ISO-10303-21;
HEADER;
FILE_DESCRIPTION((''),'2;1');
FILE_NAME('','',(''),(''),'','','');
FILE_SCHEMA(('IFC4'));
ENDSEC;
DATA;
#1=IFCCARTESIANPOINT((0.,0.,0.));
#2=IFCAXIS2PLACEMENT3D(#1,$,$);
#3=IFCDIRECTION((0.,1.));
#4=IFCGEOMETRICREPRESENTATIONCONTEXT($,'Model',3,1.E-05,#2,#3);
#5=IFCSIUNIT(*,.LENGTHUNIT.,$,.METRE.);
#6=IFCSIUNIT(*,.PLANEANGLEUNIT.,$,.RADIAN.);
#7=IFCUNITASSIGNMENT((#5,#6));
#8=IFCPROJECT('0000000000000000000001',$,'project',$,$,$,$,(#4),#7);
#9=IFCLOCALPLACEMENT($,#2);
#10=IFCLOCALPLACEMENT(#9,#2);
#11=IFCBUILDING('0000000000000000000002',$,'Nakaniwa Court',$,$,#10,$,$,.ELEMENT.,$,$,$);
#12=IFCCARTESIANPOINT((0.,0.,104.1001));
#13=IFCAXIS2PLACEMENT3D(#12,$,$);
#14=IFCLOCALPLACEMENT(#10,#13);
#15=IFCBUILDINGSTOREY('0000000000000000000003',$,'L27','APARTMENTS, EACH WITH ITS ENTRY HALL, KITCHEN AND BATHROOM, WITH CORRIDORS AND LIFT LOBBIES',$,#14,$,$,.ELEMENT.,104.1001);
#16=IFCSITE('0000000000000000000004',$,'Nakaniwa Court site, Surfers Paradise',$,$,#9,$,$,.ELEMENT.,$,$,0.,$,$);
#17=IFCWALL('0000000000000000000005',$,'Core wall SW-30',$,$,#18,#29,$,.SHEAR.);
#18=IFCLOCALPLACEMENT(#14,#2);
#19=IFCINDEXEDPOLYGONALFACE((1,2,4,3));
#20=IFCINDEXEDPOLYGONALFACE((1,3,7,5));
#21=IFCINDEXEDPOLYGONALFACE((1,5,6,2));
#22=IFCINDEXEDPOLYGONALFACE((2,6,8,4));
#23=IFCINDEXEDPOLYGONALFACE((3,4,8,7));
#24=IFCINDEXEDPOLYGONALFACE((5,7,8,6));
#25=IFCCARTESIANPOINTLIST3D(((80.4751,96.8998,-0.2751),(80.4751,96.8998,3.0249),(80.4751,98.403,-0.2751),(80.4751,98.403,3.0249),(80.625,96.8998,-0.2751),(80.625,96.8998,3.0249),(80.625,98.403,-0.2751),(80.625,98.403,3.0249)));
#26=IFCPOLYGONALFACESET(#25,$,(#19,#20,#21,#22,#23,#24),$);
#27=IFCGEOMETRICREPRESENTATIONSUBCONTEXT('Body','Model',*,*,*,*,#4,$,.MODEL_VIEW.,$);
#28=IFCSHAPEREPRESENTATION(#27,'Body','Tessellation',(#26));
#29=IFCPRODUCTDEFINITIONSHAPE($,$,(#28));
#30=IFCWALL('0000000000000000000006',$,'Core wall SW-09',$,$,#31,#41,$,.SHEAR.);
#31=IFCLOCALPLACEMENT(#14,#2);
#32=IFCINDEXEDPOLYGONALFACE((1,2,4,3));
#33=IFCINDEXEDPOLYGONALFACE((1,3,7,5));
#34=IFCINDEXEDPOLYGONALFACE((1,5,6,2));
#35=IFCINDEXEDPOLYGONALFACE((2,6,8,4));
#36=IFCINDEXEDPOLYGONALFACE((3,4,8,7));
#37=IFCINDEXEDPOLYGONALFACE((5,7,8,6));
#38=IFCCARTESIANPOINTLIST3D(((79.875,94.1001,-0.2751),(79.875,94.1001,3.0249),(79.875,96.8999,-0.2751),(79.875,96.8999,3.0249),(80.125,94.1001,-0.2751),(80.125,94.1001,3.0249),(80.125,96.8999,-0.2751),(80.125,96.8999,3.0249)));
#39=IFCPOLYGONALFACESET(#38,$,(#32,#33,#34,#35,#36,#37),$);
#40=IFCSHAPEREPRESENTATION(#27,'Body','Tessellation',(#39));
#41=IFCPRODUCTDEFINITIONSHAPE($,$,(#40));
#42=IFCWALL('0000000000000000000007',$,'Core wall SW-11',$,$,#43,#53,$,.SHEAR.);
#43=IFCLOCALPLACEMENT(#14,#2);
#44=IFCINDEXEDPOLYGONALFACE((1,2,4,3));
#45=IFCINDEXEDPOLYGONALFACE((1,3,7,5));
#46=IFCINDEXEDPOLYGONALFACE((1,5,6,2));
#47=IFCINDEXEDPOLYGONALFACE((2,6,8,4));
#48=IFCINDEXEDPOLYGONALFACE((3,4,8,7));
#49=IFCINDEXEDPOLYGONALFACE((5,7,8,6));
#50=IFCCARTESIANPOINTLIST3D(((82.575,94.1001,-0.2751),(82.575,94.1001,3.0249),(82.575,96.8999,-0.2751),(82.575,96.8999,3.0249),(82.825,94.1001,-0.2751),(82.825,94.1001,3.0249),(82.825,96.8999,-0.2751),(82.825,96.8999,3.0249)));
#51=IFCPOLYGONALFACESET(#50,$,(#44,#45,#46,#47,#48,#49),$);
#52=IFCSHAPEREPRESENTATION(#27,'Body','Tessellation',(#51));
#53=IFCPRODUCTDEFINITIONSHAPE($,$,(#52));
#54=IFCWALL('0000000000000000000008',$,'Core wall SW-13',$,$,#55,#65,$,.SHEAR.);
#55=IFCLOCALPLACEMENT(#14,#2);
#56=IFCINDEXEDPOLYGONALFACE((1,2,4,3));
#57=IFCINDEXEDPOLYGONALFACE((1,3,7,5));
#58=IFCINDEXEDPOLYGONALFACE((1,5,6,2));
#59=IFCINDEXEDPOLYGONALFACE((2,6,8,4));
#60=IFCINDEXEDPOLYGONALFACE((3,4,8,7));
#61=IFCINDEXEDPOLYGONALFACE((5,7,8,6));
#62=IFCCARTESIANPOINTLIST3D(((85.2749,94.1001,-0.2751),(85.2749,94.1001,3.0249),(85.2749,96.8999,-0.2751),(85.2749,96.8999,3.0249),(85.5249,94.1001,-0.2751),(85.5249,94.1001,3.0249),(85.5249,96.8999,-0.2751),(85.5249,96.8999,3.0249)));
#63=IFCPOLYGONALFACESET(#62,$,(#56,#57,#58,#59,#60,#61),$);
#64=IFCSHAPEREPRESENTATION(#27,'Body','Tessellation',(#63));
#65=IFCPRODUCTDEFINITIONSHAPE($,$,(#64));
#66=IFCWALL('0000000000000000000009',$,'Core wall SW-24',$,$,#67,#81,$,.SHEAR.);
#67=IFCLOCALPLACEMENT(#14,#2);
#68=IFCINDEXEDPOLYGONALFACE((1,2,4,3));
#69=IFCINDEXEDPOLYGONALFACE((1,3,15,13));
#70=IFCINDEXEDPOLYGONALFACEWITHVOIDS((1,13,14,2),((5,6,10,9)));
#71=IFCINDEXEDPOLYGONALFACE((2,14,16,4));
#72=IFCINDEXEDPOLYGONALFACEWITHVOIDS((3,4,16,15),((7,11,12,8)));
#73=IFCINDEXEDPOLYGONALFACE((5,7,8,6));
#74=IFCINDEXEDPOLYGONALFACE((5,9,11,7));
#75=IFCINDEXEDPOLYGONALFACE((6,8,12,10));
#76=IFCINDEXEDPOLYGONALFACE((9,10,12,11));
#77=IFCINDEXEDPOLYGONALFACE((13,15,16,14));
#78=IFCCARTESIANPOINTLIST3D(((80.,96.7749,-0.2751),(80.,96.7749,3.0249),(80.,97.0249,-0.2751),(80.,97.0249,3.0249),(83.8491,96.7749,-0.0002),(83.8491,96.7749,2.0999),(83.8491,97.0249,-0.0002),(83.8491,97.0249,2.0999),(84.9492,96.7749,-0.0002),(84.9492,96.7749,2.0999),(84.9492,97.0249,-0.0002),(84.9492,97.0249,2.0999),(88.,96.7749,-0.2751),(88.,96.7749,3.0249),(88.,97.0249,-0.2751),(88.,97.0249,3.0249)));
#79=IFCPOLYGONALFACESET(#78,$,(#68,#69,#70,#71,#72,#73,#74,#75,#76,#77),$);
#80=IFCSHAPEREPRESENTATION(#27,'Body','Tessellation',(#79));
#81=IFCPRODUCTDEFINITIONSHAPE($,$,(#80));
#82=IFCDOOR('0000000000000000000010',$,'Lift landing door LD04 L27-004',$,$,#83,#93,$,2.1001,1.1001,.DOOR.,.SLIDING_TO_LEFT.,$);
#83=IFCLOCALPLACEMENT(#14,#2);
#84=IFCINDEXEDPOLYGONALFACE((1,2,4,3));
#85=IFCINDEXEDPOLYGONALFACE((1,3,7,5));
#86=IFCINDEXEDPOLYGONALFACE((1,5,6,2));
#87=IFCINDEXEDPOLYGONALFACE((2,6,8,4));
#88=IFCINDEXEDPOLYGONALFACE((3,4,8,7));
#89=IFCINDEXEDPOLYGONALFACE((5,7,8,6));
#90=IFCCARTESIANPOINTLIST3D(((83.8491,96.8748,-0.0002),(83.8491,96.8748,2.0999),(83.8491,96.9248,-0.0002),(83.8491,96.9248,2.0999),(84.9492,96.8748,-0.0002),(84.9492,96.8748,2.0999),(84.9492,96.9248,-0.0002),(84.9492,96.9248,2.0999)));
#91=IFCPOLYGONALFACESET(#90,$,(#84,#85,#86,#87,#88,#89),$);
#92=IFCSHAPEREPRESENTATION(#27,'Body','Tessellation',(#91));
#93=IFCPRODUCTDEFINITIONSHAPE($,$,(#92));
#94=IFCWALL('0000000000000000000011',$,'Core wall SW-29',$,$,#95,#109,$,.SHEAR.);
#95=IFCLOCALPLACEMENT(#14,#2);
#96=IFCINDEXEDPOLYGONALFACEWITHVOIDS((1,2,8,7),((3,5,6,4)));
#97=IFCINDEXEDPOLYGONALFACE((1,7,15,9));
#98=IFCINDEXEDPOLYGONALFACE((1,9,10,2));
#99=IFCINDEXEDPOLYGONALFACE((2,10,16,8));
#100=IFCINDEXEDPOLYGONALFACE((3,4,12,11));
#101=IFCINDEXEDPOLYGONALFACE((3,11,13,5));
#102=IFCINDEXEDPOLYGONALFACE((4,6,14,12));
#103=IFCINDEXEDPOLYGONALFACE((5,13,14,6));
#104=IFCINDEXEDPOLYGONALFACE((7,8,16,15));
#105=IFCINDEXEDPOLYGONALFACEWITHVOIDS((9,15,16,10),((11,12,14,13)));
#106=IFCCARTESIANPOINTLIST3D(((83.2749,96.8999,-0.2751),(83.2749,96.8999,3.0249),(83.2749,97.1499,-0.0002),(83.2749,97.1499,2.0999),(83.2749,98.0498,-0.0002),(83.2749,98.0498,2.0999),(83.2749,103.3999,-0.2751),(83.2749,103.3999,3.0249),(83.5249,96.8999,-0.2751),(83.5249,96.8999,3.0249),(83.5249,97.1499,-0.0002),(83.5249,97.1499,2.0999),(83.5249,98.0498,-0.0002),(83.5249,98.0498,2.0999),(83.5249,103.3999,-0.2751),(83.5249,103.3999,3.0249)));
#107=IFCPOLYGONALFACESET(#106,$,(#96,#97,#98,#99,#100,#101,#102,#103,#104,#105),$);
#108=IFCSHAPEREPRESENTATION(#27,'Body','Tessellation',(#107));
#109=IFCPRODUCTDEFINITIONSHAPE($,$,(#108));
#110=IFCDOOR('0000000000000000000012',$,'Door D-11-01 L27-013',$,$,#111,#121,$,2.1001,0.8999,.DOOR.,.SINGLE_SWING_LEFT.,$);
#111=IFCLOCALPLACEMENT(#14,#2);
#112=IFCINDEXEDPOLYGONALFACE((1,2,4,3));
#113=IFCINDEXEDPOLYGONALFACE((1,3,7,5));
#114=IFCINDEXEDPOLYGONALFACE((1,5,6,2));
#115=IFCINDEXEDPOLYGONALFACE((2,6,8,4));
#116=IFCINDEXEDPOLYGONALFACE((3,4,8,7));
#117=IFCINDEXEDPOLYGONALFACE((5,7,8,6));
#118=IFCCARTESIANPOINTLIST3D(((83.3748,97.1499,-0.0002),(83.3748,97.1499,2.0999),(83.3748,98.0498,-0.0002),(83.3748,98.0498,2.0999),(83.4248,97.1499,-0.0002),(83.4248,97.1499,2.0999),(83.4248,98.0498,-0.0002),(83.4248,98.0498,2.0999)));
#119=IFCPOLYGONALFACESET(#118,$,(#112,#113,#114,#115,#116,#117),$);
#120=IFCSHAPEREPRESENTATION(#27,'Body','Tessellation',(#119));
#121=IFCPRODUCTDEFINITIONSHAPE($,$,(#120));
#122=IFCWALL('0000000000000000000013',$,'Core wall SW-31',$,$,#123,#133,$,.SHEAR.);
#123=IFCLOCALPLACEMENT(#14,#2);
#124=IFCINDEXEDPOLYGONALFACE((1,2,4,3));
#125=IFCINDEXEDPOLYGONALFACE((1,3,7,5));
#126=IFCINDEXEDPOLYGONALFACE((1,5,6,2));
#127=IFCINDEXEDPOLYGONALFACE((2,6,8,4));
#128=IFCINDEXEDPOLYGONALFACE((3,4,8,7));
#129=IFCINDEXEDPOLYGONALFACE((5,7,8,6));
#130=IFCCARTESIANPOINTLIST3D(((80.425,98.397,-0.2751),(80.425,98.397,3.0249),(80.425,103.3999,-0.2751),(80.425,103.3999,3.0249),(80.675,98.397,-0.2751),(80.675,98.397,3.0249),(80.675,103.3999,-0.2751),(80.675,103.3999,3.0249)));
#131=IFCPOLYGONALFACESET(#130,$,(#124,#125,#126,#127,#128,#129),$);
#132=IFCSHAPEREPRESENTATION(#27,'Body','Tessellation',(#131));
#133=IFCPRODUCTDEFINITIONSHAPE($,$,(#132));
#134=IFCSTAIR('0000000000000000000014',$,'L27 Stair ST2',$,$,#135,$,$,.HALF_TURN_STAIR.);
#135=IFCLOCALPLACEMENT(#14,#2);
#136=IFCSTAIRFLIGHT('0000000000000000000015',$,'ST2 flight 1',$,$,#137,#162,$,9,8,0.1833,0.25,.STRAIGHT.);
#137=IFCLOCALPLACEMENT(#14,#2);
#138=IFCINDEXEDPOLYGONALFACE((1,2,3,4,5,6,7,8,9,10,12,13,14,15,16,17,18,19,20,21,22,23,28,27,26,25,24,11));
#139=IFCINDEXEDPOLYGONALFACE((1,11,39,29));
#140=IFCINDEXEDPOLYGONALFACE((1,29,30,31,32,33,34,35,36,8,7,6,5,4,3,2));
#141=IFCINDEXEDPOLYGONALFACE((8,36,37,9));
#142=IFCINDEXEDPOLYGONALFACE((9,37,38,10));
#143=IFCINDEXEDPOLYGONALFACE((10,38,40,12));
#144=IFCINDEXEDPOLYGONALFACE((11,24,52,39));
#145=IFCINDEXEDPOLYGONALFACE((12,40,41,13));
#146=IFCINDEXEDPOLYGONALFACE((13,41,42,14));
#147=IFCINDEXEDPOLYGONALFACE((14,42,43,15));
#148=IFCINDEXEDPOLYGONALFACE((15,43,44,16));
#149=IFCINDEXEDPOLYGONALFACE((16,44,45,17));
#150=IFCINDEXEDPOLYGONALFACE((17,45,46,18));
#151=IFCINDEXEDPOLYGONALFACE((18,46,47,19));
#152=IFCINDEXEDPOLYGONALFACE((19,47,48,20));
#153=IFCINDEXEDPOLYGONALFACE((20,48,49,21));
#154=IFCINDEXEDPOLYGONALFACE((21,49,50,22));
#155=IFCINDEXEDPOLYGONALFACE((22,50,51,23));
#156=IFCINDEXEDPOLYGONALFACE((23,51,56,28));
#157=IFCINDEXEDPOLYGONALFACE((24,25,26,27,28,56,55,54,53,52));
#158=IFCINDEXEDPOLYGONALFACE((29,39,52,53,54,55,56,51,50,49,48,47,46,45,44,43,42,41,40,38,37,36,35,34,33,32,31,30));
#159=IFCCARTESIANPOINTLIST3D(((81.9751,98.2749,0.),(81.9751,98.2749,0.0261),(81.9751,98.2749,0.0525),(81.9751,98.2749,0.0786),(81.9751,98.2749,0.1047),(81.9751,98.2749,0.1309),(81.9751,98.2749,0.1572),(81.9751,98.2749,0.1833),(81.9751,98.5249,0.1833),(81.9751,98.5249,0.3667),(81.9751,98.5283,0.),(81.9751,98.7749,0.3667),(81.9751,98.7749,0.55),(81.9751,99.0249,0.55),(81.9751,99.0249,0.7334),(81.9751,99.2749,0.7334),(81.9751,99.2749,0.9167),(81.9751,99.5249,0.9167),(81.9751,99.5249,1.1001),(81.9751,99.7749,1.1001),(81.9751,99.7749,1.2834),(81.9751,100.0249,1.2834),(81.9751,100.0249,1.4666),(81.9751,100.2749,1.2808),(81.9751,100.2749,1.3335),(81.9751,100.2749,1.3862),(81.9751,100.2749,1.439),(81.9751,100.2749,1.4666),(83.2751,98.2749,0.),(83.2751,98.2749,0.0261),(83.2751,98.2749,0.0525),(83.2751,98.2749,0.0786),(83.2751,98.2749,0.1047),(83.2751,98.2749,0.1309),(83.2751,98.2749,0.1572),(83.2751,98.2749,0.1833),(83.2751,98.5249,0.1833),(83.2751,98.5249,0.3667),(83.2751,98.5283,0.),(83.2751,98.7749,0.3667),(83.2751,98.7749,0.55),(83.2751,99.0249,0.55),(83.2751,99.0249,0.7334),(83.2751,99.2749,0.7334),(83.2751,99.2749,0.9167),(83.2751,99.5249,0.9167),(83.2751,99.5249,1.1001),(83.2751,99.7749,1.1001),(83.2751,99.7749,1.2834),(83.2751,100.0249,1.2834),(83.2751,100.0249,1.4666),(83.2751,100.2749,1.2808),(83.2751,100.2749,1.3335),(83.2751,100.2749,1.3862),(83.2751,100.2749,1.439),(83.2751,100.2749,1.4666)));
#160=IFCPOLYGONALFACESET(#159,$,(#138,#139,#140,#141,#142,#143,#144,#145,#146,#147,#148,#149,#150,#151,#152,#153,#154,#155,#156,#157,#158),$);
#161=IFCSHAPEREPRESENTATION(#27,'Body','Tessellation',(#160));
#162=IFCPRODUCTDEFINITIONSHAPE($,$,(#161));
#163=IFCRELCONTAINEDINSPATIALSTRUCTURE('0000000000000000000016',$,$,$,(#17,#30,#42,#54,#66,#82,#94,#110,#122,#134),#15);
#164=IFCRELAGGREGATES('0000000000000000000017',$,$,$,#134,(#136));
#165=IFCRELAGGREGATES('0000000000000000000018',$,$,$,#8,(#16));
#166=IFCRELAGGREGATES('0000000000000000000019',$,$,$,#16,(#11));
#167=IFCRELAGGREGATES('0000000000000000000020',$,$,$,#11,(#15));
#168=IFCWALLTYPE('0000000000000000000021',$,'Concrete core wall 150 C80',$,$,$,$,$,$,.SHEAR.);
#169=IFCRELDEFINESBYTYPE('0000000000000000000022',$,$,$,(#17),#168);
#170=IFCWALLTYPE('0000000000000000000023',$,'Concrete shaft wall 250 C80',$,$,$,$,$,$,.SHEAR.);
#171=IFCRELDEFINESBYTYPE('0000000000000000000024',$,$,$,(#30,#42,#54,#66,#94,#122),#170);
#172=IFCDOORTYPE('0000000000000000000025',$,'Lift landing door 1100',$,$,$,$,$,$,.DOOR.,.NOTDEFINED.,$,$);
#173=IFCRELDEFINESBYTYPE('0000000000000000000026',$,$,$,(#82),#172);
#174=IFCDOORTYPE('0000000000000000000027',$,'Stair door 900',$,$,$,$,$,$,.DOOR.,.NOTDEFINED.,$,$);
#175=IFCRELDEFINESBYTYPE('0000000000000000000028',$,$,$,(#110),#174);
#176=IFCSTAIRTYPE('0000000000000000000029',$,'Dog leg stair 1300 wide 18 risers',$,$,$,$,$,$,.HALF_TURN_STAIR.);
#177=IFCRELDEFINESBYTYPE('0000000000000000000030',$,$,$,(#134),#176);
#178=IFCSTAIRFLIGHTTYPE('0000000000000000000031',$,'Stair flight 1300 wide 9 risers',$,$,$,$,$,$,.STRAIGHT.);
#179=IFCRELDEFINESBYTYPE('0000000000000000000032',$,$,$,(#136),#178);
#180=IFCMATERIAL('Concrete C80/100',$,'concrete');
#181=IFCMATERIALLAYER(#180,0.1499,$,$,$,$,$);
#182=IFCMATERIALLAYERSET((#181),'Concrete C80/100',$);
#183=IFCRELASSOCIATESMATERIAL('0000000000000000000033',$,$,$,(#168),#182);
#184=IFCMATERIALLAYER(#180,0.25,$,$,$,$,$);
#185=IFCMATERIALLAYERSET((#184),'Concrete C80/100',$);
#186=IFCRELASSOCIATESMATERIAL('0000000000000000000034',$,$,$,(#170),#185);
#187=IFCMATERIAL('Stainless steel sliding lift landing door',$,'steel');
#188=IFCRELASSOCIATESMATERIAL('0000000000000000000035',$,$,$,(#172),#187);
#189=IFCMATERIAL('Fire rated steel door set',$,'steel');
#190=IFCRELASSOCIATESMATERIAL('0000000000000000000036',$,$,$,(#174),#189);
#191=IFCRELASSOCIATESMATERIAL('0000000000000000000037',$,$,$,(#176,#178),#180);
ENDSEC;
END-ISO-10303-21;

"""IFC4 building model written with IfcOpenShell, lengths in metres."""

from ifc_helpers import new_model, si_unit, direction, frame, frame_2d, origin, place, context, subcontext, project, spatial, polyline, rectangle, outline, extrude, material, layer, layer_set, type_object, element, fill, aggregate, save


model = new_model("IFC4")

# Units and contexts
model_context = context("Model", 3, precision=1e-05, world=origin(), true_north=direction((0.0, 1.0)))
body_context = subcontext(model_context, "Body", "Model", "MODEL_VIEW")
ifc_project = project(units=[si_unit("LENGTHUNIT", "METRE"), si_unit("PLANEANGLEUNIT", "RADIAN")], contexts=[model_context])

# Site, building, storey
site_placement = place(None, origin())
site = spatial("IfcSite", under=ifc_project, at=site_placement, Name="Nakaniwa Court site, Surfers Paradise", CompositionType="ELEMENT", RefElevation=0.0)
building_placement = place(site_placement, origin())
building = spatial("IfcBuilding", under=site, at=building_placement, Name="Nakaniwa Court", CompositionType="ELEMENT")
storey_placement = place(building_placement, frame((0.0, 0.0, 104.1001)))
storey = spatial("IfcBuildingStorey", under=building, at=storey_placement, Name="L27", Description="APARTMENTS, EACH WITH ITS ENTRY HALL, KITCHEN AND BATHROOM, WITH CORRIDORS AND LIFT LOBBIES", CompositionType="ELEMENT", Elevation=104.1001)

# Shared definitions
ifc_material_1 = material(Name="Concrete C80/100", Category="concrete")

# Shared definitions
ifc_material_2 = material(Name="Fire rated steel door set", Category="steel")

# Walls
ifc_layer_1 = layer(ifc_material_1, 0.1499)
ifc_layer_set_1 = layer_set([ifc_layer_1], Name="Concrete C80/100")
wall_type_1 = type_object("IfcWallType", Name="Concrete core wall 150 C80", PredefinedType="SHEAR", material=ifc_layer_set_1)
wall_1_placement = place(storey_placement, frame((80.55, 96.8999, -0.2751), z_axis=(0.0, 0.0, 1.0), x_axis=(0.0, 1.0, 0.0)))
element("IfcWall", 1, at=wall_1_placement, inside=storey, type_object=wall_type_1, Name="Core wall SW-30", PredefinedType="SHEAR", context=body_context, shape_type="SweptSolid", body=[
    extrude(rectangle(XDim=1.5032, YDim=0.1499, at=frame_2d((0.7515, 0.0))), origin(), (0.0, 0.0, 1.0), 3.3),
])
ifc_layer_2 = layer(ifc_material_1, 0.25)
ifc_layer_set_2 = layer_set([ifc_layer_2], Name="Concrete C80/100")
wall_type_2 = type_object("IfcWallType", Name="Concrete shaft wall 250 C80", PredefinedType="SHEAR", material=ifc_layer_set_2)
for number, where, z_axis, x_axis, name in (
    (2, (80.0, 94.1001, -0.2751), (0.0, 0.0, 1.0), (0.0, 1.0, 0.0), "Core wall SW-09"),
    (3, (82.7, 94.1001, -0.2751), (0.0, 0.0, 1.0), (0.0, 1.0, 0.0), "Core wall SW-11"),
    (4, (85.3999, 94.1001, -0.2751), (0.0, 0.0, 1.0), (0.0, 1.0, 0.0), "Core wall SW-13"),
):
    element("IfcWall", number, at=place(storey_placement, frame(where, z_axis=z_axis, x_axis=x_axis)), inside=storey, type_object=wall_type_2, Name=name, PredefinedType="SHEAR", context=body_context, shape_type="SweptSolid", body=[
        extrude(rectangle(XDim=2.7998, YDim=0.25, at=frame_2d((1.3999, 0.0))), origin(), (0.0, 0.0, 1.0), 3.3),
    ])

# Walls, openings, doors
wall_2_placement = place(storey_placement, frame((80.0, 96.8999, -0.2751), z_axis=(0.0, 0.0, 1.0), x_axis=(1.0, 0.0, 0.0)))
wall_2 = element("IfcWall", 5, at=wall_2_placement, inside=storey, type_object=wall_type_2, Name="Core wall SW-24", PredefinedType="SHEAR", context=body_context, shape_type="SweptSolid", body=[
    extrude(rectangle(XDim=8.0, YDim=0.25, at=frame_2d((4.0, 0.0))), origin(), (0.0, 0.0, 1.0), 3.3),
])
opening_1_placement = place(wall_2_placement, frame((3.8491, 0.0, 0.2749)))
opening_1 = element("IfcOpeningElement", 6, at=opening_1_placement, cuts=wall_2, PredefinedType="OPENING", context=body_context, shape_type="SweptSolid", body=[
    extrude(rectangle(XDim=1.1001, YDim=2.1001, at=frame_2d((0.55, 1.05))), frame((0.0, 0.135, 0.0), z_axis=(0.0, -1.0, 0.0), x_axis=(1.0, 0.0, 0.0)), (0.0, 0.0, 1.0), 0.27),
])
ifc_material_3 = material(Name="Stainless steel sliding lift landing door", Category="steel")
door_type_1 = type_object("IfcDoorType", Name="Lift landing door 1100", OperationType="NOTDEFINED", PredefinedType="DOOR", material=ifc_material_3)
door_1_placement = place(opening_1_placement, origin())
door_1 = element("IfcDoor", 7, at=door_1_placement, inside=storey, type_object=door_type_1, Name="Lift landing door LD04 L27-004", OperationType="SLIDING_TO_LEFT", OverallHeight=2.1001, OverallWidth=1.1001, PredefinedType="DOOR", context=body_context, shape_type="SweptSolid", body=[
    extrude(rectangle(XDim=1.1001, YDim=2.1001, at=frame_2d((0.55, 1.05))), frame((0.0, 0.0249, 0.0), z_axis=(0.0, -1.0, 0.0), x_axis=(1.0, 0.0, 0.0)), (0.0, 0.0, 1.0), 0.05),
])
fill(opening_1, door_1)
wall_3_placement = place(storey_placement, frame((83.3999, 103.3999, -0.2751), z_axis=(0.0, 0.0, 1.0), x_axis=(0.0, -1.0, 0.0)))
wall_3 = element("IfcWall", 8, at=wall_3_placement, inside=storey, type_object=wall_type_2, Name="Core wall SW-29", PredefinedType="SHEAR", context=body_context, shape_type="SweptSolid", body=[
    extrude(rectangle(XDim=6.5, YDim=0.25, at=frame_2d((3.25, 0.0))), origin(), (0.0, 0.0, 1.0), 3.3),
])
opening_2_placement = place(wall_3_placement, frame((5.3501, 0.0, 0.2749)))
opening_2 = element("IfcOpeningElement", 9, at=opening_2_placement, cuts=wall_3, PredefinedType="OPENING", context=body_context, shape_type="SweptSolid", body=[
    extrude(rectangle(XDim=0.8999, YDim=2.1001, at=frame_2d((0.45, 1.05))), frame((0.0, 0.135, 0.0), z_axis=(0.0, -1.0, 0.0), x_axis=(1.0, 0.0, 0.0)), (0.0, 0.0, 1.0), 0.27),
])
door_type_2 = type_object("IfcDoorType", Name="Stair door 900", OperationType="NOTDEFINED", PredefinedType="DOOR", material=ifc_material_2)
door_2_placement = place(opening_2_placement, origin())
door_2 = element("IfcDoor", 10, at=door_2_placement, inside=storey, type_object=door_type_2, Name="Door D-11-01 L27-013", OperationType="SINGLE_SWING_LEFT", OverallHeight=2.1001, OverallWidth=0.8999, PredefinedType="DOOR", context=body_context, shape_type="SweptSolid", body=[
    extrude(rectangle(XDim=0.8999, YDim=2.1001, at=frame_2d((0.45, 1.05))), frame((0.0, 0.0249, 0.0), z_axis=(0.0, -1.0, 0.0), x_axis=(1.0, 0.0, 0.0)), (0.0, 0.0, 1.0), 0.05),
])
fill(opening_2, door_2)

# Wall
wall_4_placement = place(storey_placement, frame((80.55, 98.397, -0.2751), z_axis=(0.0, 0.0, 1.0), x_axis=(0.0, 1.0, 0.0)))
element("IfcWall", 11, at=wall_4_placement, inside=storey, type_object=wall_type_2, Name="Core wall SW-31", PredefinedType="SHEAR", context=body_context, shape_type="SweptSolid", body=[
    extrude(rectangle(XDim=5.0029, YDim=0.25, at=frame_2d((2.5015, 0.0))), origin(), (0.0, 0.0, 1.0), 3.3),
])

# Stair, stair flight
stair_type = type_object("IfcStairType", Name="Dog leg stair 1300 wide 18 risers", PredefinedType="HALF_TURN_STAIR", material=ifc_material_1)
stair_placement = place(storey_placement, origin())
stair = element("IfcStair", 12, at=stair_placement, inside=storey, type_object=stair_type, Name="L27 Stair ST2", PredefinedType="HALF_TURN_STAIR")
stair_flight_type = type_object("IfcStairFlightType", Name="Stair flight 1300 wide 9 risers", PredefinedType="STRAIGHT", material=ifc_material_1)
stair_flight_1_placement = place(storey_placement, frame((82.625, 98.2749, 0.0), z_axis=(0.0, 0.0, 1.0), x_axis=(0.0, 1.0, 0.0)))
stair_flight_1 = element("IfcStairFlight", 13, at=stair_flight_1_placement, type_object=stair_flight_type, Name="ST2 flight 1", NumberOfRisers=9, NumberOfTreads=8, PredefinedType="STRAIGHT", RiserHeight=0.1833, TreadLength=0.25, context=body_context, shape_type="SweptSolid", body=[
    extrude(outline(polyline([(0.0, 0.0), (0.0, 0.0261), (0.0, 0.0525), (0.0, 0.0786), (0.0, 0.1047), (0.0, 0.1309), (0.0, 0.1572), (0.0, 0.1833), (0.25, 0.1833), (0.25, 0.3667), (0.5, 0.3667), (0.5, 0.55), (0.75, 0.55), (0.75, 0.7334), (1.0, 0.7334), (1.0, 0.9167), (1.25, 0.9167), (1.25, 1.1001), (1.5, 1.1001), (1.5, 1.2834), (1.75, 1.2834), (1.75, 1.4666), (2.0, 1.4666), (2.0, 1.6499), (2.0, 1.5972), (2.0, 1.5444), (2.0, 1.4917), (2.0, 1.439), (2.0, 1.3862), (2.0, 1.3335), (2.0, 1.2808), (0.2534, 0.0), (0.0, 0.0)])), frame((0.0, 0.6499, 0.0), z_axis=(0.0, -1.0, 0.0), x_axis=(1.0, 0.0, 0.0)), (0.0, 0.0, 1.0), 1.3),
])
aggregate(stair, [stair_flight_1])

save(model, "model.ifc")
